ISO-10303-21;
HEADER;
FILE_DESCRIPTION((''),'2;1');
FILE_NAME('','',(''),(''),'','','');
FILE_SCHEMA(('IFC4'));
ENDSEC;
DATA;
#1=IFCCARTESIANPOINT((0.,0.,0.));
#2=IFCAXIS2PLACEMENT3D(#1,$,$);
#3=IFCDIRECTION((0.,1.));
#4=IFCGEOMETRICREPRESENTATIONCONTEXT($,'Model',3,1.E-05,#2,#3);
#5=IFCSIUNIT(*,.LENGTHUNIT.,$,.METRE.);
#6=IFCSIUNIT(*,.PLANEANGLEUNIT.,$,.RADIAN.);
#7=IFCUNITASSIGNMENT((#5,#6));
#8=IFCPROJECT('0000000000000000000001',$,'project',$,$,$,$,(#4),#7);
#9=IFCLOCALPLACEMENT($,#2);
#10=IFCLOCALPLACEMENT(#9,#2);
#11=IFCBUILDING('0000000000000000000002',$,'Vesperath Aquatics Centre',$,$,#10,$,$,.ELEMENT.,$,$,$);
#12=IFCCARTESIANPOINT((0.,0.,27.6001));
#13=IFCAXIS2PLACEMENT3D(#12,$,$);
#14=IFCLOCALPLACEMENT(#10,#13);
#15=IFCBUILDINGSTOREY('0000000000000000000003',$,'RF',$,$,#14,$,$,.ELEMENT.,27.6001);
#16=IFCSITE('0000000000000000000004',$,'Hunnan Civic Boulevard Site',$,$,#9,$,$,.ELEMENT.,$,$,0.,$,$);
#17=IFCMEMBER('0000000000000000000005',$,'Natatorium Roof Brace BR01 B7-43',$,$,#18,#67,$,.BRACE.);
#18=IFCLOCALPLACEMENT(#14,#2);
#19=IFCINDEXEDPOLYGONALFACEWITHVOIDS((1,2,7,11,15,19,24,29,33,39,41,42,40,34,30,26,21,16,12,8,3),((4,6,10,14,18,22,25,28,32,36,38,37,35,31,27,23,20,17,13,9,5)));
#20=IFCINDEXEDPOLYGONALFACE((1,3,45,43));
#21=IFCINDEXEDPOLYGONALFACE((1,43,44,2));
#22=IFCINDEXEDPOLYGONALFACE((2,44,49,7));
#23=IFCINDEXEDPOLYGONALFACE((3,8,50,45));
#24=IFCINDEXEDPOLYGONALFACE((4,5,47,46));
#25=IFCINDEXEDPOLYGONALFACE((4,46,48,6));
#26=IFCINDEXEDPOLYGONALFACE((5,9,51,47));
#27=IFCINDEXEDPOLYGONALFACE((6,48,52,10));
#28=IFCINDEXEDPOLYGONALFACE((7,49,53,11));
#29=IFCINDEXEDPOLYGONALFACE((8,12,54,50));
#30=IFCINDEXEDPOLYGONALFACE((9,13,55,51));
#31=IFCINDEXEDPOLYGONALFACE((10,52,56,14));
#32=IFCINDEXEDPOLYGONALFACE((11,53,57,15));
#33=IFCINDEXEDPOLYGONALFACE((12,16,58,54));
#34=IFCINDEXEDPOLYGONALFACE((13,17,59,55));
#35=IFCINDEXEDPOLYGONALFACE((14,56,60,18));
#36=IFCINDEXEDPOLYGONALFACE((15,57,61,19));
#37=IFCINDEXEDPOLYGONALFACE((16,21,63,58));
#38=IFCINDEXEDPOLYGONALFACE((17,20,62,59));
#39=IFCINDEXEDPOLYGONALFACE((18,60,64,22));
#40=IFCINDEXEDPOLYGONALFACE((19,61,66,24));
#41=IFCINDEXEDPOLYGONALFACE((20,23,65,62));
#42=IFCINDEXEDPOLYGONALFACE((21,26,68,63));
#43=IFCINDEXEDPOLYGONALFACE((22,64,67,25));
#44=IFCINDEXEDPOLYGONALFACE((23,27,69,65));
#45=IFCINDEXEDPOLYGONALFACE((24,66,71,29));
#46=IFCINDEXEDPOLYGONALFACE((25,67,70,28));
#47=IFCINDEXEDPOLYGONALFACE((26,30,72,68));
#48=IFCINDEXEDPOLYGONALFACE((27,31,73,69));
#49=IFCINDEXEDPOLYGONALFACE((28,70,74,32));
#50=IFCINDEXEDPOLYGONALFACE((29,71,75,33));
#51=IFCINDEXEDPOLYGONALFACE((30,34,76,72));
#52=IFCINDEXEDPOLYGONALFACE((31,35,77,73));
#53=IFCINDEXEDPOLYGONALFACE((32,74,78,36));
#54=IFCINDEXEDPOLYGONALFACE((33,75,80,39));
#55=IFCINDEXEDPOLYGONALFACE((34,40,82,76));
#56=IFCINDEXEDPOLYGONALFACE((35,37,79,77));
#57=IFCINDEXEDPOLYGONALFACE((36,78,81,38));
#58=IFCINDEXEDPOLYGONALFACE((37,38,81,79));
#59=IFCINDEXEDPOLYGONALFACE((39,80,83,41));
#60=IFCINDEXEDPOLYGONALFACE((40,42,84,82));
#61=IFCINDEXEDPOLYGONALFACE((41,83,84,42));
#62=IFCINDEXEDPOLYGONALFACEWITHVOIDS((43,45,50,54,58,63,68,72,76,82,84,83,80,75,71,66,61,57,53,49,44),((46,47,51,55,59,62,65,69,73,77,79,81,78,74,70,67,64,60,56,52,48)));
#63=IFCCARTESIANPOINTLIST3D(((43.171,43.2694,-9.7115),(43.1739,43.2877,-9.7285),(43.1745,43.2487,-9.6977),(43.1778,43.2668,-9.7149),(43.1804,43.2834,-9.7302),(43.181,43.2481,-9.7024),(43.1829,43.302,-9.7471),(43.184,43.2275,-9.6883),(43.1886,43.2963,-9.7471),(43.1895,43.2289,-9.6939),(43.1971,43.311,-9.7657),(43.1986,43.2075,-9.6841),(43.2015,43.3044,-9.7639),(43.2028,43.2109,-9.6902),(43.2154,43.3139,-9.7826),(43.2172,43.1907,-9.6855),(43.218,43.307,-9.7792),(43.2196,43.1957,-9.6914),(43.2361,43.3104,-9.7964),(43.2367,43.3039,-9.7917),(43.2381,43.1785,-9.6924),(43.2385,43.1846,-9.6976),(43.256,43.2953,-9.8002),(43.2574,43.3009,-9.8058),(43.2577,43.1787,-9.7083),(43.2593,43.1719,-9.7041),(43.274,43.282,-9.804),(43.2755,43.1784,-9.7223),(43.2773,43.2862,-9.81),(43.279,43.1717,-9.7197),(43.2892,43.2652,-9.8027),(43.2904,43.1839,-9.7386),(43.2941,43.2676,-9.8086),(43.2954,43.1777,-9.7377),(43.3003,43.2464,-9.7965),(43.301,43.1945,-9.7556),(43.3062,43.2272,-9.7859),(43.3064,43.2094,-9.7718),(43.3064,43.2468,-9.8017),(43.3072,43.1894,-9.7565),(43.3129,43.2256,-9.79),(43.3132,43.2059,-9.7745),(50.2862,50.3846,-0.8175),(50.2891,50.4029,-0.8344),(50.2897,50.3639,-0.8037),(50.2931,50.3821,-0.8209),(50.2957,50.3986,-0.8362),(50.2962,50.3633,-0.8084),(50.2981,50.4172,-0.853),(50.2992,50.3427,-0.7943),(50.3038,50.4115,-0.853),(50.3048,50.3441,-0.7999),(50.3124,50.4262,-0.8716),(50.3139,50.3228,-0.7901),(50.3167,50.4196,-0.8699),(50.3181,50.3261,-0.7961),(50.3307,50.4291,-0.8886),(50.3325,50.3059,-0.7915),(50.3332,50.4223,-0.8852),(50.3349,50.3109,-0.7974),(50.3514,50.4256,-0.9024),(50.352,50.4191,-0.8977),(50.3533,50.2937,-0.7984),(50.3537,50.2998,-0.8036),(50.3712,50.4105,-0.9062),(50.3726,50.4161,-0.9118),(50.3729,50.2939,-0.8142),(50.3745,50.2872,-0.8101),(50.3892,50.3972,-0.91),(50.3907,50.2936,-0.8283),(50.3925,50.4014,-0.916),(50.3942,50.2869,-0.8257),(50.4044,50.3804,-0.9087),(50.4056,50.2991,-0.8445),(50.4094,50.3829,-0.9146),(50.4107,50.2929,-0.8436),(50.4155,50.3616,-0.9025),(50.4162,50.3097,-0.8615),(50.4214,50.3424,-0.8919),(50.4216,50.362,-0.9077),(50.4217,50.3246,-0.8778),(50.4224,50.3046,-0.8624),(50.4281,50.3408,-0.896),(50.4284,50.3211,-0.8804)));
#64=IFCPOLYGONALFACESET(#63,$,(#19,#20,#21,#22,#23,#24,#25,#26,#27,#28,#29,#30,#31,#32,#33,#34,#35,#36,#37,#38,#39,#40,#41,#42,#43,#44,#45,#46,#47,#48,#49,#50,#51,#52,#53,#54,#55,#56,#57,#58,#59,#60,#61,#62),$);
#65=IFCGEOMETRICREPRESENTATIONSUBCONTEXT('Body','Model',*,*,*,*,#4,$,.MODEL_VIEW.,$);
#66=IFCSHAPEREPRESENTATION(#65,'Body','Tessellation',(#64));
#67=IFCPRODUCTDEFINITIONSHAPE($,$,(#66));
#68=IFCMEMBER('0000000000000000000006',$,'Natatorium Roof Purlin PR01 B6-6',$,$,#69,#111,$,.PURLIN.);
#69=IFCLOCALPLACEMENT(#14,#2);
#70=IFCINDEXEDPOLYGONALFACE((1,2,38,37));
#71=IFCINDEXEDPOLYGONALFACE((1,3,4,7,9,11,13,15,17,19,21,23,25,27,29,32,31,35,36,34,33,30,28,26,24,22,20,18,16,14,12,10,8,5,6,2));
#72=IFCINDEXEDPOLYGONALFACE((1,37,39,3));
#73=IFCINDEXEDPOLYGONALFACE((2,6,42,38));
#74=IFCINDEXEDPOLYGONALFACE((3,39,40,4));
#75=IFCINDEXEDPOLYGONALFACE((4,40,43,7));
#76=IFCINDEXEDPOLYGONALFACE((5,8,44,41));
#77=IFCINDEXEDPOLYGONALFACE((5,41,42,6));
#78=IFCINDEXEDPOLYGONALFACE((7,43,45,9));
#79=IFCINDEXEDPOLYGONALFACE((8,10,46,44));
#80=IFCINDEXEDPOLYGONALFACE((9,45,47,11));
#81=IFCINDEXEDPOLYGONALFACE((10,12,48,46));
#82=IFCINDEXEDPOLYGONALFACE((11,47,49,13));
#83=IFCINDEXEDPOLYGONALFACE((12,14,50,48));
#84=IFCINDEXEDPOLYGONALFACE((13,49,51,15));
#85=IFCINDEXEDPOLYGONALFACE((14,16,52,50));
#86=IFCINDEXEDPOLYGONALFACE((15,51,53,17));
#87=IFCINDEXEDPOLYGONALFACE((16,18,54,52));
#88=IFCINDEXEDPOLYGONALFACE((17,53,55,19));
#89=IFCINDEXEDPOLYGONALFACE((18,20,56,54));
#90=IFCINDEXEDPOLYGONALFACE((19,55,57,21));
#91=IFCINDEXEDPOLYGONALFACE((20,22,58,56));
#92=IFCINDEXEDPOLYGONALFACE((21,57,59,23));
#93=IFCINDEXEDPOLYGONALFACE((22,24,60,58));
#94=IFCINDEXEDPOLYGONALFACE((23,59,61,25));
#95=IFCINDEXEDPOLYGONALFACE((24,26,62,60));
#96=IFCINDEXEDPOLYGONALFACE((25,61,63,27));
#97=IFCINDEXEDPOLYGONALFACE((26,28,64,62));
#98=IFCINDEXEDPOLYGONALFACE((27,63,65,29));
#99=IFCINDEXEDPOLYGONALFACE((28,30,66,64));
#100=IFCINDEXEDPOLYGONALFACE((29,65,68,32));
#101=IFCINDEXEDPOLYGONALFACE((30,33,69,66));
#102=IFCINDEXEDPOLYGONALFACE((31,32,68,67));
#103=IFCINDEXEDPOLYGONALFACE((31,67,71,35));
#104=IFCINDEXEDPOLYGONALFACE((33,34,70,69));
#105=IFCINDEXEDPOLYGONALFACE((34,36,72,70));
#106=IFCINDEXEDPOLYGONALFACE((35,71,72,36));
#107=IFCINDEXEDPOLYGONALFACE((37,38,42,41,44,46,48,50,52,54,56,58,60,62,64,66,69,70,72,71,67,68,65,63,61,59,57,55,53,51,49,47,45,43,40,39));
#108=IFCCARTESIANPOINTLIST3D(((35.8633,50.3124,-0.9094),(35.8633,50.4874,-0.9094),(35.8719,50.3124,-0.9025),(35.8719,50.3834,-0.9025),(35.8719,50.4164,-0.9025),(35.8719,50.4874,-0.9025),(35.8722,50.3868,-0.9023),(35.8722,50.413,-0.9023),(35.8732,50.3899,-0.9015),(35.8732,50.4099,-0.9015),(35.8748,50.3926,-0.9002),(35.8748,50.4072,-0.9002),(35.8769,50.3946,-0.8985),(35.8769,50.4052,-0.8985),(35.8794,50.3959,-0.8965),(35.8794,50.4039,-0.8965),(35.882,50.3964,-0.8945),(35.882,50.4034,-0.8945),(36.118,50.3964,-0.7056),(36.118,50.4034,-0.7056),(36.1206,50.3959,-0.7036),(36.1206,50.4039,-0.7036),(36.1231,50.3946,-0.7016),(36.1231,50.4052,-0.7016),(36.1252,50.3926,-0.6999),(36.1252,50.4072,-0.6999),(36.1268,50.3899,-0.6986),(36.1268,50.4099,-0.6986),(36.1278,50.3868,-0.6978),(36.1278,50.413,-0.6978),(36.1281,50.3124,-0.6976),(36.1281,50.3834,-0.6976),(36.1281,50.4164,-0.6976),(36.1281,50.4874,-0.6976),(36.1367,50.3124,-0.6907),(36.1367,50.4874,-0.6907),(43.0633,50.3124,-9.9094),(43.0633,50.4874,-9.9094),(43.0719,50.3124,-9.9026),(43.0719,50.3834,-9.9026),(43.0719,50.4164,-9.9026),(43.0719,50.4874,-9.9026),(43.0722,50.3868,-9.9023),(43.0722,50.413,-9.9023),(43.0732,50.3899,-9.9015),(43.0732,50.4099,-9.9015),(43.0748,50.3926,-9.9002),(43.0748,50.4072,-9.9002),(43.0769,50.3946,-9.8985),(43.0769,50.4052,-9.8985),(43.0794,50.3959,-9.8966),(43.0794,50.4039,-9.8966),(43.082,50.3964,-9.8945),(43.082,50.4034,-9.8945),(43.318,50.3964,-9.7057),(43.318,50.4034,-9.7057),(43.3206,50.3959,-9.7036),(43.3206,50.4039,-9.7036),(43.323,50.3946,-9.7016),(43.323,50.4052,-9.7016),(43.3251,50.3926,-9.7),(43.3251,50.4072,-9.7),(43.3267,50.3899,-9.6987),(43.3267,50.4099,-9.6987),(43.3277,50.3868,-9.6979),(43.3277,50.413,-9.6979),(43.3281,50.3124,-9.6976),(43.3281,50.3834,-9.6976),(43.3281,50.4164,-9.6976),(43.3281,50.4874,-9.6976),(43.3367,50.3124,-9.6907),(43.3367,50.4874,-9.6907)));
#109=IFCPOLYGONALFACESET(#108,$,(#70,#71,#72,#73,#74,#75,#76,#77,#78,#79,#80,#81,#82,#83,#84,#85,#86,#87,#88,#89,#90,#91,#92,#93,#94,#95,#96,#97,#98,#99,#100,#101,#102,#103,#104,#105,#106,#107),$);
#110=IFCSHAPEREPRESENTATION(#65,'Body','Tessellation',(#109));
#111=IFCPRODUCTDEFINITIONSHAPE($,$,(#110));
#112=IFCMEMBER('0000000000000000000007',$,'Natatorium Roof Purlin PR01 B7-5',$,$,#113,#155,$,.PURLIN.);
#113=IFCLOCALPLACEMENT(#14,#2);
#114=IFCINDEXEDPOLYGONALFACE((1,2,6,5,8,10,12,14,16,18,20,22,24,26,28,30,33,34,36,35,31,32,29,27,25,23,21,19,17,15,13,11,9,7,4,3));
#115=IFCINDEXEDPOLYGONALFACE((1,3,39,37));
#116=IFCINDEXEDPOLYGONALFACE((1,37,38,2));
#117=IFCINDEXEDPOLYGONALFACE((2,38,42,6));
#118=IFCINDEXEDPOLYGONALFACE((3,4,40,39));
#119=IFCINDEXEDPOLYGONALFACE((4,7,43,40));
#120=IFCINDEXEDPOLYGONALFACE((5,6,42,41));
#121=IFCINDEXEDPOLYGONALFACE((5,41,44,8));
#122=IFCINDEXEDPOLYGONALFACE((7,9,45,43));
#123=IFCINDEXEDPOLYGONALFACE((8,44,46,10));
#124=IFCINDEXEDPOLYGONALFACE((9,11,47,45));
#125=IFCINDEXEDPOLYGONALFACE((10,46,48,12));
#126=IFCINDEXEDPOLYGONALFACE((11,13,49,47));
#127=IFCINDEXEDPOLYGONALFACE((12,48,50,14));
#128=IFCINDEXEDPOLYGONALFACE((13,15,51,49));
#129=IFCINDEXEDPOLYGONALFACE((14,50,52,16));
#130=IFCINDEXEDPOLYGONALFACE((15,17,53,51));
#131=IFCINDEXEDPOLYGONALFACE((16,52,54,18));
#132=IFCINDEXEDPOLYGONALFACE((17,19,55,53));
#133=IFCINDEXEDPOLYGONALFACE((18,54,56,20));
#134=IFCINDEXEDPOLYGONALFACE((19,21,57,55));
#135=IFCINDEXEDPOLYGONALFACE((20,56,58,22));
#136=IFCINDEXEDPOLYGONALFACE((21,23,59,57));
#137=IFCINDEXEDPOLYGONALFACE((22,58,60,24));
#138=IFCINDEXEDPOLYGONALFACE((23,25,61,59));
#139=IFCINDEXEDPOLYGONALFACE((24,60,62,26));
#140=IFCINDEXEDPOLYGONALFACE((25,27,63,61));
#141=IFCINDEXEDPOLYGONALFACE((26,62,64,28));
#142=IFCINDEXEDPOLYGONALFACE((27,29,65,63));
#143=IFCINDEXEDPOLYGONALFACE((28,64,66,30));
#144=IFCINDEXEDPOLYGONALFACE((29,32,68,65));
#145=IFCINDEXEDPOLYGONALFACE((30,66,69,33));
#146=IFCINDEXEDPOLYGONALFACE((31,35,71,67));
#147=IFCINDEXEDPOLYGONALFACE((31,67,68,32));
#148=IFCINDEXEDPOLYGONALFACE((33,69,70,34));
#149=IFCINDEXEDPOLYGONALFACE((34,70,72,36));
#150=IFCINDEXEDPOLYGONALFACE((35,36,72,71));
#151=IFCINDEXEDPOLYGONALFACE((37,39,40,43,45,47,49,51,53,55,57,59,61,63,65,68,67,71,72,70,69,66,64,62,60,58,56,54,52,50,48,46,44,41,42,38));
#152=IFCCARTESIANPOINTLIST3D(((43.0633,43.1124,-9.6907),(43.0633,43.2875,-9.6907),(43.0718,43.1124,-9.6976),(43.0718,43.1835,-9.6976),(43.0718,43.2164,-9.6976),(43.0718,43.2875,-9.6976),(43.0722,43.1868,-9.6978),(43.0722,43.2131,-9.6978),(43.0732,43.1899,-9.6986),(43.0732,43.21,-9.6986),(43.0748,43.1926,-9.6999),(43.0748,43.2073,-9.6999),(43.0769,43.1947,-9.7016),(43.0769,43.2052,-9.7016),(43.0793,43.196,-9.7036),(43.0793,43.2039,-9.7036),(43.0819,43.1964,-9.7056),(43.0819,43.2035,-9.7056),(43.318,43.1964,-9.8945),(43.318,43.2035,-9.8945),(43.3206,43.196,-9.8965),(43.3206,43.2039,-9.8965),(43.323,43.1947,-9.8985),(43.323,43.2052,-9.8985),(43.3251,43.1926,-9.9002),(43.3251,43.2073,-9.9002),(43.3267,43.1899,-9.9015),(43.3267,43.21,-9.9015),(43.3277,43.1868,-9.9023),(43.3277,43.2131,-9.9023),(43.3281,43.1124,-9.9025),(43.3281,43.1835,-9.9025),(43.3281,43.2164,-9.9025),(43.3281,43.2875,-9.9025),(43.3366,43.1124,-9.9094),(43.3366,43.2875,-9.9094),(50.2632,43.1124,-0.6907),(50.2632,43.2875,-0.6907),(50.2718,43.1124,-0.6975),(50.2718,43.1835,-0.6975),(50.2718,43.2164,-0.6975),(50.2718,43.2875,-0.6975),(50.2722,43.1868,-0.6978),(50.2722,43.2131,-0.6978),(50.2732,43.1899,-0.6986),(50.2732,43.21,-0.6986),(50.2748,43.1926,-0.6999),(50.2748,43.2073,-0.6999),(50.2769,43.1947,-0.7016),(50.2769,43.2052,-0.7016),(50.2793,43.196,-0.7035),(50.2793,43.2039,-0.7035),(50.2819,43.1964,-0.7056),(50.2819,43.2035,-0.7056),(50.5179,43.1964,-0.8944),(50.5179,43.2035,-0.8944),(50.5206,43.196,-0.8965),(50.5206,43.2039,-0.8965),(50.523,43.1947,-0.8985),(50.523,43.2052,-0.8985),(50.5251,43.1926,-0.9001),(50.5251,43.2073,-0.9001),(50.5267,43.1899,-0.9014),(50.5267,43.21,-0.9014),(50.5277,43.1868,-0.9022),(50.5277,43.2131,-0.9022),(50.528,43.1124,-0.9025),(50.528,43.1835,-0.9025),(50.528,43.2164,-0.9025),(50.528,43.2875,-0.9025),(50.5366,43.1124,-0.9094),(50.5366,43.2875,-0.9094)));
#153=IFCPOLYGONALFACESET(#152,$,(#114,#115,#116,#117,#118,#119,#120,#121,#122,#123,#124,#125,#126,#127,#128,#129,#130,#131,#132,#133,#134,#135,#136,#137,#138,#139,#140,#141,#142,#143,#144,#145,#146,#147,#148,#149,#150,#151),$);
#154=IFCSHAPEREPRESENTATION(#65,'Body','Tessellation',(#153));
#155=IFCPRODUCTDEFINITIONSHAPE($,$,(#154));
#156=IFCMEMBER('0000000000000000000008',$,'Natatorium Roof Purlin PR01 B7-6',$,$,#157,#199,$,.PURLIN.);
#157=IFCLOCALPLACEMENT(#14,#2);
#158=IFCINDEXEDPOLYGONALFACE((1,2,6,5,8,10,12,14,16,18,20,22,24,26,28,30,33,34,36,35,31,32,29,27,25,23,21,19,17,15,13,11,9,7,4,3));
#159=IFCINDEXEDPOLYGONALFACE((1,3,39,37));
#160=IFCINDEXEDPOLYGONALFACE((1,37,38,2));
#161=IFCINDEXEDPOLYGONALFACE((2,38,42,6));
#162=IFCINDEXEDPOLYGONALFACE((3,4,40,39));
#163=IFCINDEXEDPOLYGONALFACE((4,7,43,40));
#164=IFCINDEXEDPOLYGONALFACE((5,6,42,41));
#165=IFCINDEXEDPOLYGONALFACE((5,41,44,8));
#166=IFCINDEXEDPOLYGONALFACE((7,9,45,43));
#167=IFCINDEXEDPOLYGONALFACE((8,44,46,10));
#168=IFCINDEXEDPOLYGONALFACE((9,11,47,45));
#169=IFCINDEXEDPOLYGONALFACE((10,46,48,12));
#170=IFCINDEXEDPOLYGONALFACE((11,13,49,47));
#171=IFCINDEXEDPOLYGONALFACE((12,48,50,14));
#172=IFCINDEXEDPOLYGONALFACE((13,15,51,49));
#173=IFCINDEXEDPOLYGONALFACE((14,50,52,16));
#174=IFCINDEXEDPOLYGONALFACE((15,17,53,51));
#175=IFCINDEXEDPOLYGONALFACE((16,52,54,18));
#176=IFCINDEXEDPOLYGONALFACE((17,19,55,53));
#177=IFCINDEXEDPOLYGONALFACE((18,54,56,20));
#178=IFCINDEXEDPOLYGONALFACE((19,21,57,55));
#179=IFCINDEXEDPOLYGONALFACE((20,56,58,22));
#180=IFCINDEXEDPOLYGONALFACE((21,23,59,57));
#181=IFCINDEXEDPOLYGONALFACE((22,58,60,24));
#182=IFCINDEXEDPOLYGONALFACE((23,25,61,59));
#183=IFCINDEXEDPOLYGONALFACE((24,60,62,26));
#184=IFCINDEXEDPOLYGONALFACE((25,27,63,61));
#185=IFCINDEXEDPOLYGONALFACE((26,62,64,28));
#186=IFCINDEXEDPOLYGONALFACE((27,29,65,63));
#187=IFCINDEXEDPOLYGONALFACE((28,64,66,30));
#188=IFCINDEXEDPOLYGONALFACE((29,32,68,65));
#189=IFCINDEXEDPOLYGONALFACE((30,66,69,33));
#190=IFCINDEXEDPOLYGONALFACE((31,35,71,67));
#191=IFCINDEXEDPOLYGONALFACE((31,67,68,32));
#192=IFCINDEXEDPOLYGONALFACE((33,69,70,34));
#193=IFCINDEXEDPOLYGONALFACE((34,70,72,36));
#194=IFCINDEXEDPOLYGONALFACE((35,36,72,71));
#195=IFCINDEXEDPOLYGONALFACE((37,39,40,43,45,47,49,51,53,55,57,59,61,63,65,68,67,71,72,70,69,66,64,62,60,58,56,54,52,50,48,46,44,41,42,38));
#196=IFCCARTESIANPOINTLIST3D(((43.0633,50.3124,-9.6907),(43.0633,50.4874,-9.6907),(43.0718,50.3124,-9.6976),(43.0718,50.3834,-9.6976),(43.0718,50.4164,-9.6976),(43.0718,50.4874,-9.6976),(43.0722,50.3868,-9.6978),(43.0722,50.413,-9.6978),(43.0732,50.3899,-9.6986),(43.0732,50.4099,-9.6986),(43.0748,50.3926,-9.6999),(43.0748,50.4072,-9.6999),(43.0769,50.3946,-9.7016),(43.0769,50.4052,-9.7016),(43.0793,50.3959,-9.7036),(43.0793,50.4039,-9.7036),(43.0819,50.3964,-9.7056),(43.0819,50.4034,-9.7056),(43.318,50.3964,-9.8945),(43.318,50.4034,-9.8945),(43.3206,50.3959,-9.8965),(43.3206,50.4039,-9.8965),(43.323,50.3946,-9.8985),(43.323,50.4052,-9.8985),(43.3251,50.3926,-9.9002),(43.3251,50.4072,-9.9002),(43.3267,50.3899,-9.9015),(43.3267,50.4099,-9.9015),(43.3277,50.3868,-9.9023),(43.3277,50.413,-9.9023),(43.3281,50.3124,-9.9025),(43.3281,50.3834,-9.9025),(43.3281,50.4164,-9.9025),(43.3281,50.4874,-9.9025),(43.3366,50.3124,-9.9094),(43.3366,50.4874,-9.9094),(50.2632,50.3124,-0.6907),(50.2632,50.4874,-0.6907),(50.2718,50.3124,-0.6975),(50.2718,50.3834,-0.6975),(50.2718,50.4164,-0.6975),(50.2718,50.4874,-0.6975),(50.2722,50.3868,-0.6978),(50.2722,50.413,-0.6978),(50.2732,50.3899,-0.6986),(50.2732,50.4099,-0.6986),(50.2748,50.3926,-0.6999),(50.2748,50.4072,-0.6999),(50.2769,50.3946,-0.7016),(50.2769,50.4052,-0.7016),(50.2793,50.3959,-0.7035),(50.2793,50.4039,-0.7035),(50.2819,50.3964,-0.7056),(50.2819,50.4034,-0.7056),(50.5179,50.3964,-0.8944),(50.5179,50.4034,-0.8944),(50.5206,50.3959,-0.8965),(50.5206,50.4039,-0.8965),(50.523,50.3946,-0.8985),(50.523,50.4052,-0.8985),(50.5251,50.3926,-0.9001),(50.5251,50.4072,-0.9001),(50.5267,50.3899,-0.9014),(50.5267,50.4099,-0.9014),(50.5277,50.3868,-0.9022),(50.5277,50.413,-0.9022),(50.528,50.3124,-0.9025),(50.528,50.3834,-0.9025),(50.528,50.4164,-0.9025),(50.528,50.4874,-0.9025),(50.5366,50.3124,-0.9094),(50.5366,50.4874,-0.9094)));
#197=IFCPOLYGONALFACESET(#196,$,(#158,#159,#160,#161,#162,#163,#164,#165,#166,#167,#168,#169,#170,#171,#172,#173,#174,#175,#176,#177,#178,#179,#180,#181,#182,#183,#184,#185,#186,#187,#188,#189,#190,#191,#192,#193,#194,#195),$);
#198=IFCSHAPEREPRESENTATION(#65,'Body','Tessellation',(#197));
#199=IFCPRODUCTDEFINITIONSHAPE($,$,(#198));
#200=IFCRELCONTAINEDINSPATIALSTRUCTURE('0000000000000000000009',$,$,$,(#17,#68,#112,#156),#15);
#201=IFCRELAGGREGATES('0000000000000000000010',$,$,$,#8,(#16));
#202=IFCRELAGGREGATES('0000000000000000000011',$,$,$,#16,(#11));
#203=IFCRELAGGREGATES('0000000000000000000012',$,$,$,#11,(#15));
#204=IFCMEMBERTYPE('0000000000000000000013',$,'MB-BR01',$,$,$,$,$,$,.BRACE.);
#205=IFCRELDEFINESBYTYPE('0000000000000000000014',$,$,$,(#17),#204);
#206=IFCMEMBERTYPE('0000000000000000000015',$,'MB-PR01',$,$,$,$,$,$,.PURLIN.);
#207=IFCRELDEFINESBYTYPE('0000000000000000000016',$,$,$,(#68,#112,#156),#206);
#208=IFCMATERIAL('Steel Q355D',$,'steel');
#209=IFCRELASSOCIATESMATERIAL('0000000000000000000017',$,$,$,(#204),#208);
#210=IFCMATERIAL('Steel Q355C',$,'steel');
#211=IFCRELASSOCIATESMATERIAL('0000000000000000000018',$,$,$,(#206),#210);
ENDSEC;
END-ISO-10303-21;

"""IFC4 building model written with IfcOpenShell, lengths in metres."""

from ifc_helpers import new_model, si_unit, direction, frame, origin, origin_2d, place, context, subcontext, project, spatial, hollow_circle, i_section, extrude, material, material_profile, profile_set, type_object, element, save


model = new_model("IFC4")

# Units and contexts
model_context = context("Model", 3, precision=1e-05, world=origin(), true_north=direction((0.0, 1.0)))
body_context = subcontext(model_context, "Body", "Model", "MODEL_VIEW")
ifc_project = project(units=[si_unit("LENGTHUNIT", "METRE"), si_unit("PLANEANGLEUNIT", "RADIAN")], contexts=[model_context])

# Site, building, storey
site_placement = place(None, origin())
site = spatial("IfcSite", under=ifc_project, at=site_placement, Name="Hunnan Civic Boulevard Site", CompositionType="ELEMENT", RefElevation=0.0)
building_placement = place(site_placement, origin())
building = spatial("IfcBuilding", under=site, at=building_placement, Name="Vesperath Aquatics Centre", CompositionType="ELEMENT")
storey_placement = place(building_placement, frame((0.0, 0.0, 27.6001)))
storey = spatial("IfcBuildingStorey", under=building, at=storey_placement, Name="RF", CompositionType="ELEMENT", Elevation=27.6001)

# Shared definitions
ifc_material_1 = material(Name="Steel Q355C", Category="steel")

# Members
ifc_material_2 = material(Name="Steel Q355D", Category="steel")
ifc_material_profile_1 = material_profile(ifc_material_2, hollow_circle(Radius=0.0842, WallThickness=0.0081, at=origin_2d()), Name="CHS 168.3x8")
ifc_profile_set_1 = profile_set([ifc_material_profile_1], Name="Steel Q355D")
member_type_1 = type_object("IfcMemberType", Name="MB-BR01", PredefinedType="BRACE", material=ifc_profile_set_1)
member_1_placement = place(storey_placement, frame((43.2424, 43.2424, -9.7471), z_axis=(0.529813, 0.529813, 0.662266), x_axis=(-0.707107, 0.707107, 0.0)))
element("IfcMember", 1, at=member_1_placement, inside=storey, type_object=member_type_1, Name="Natatorium Roof Brace BR01 B7-43", PredefinedType="BRACE", context=body_context, shape_type="SweptSolid", body=[
    extrude(hollow_circle(Radius=0.0842, WallThickness=0.0081, at=origin_2d()), origin(), (0.0, 0.0, 1.0), 13.4297),
])
ifc_material_profile_2 = material_profile(ifc_material_1, i_section(OverallWidth=0.175, OverallDepth=0.3501, WebThickness=0.0071, FlangeThickness=0.011, FilletRadius=0.0129, at=origin_2d()), Name="HN 350x175x7x11")
ifc_profile_set_2 = profile_set([ifc_material_profile_2], Name="Steel Q355C")
member_type_2 = type_object("IfcMemberType", Name="MB-PR01", PredefinedType="PURLIN", material=ifc_profile_set_2)
for number, where, z_axis, x_axis, name in (
    (2, (36.0, 50.3999, -0.8), (0.624692, 0.0, -0.780871), (0.0, 1.0, 0.0), "Natatorium Roof Purlin PR01 B6-6"),
    (3, (43.2, 43.2, -9.8), (0.624692, 0.0, 0.780871), (0.0, 1.0, 0.0), "Natatorium Roof Purlin PR01 B7-5"),
    (4, (43.2, 50.3999, -9.8), (0.624692, 0.0, 0.780871), (0.0, 1.0, 0.0), "Natatorium Roof Purlin PR01 B7-6"),
):
    element("IfcMember", number, at=place(storey_placement, frame(where, z_axis=z_axis, x_axis=x_axis)), inside=storey, type_object=member_type_2, Name=name, PredefinedType="PURLIN", context=body_context, shape_type="SweptSolid", body=[
        extrude(i_section(OverallWidth=0.175, OverallDepth=0.3501, WebThickness=0.0071, FlangeThickness=0.011, FilletRadius=0.0129, at=origin_2d()), origin(), (0.0, 0.0, 1.0), 11.5256),
    ])

save(model, "model.ifc")
